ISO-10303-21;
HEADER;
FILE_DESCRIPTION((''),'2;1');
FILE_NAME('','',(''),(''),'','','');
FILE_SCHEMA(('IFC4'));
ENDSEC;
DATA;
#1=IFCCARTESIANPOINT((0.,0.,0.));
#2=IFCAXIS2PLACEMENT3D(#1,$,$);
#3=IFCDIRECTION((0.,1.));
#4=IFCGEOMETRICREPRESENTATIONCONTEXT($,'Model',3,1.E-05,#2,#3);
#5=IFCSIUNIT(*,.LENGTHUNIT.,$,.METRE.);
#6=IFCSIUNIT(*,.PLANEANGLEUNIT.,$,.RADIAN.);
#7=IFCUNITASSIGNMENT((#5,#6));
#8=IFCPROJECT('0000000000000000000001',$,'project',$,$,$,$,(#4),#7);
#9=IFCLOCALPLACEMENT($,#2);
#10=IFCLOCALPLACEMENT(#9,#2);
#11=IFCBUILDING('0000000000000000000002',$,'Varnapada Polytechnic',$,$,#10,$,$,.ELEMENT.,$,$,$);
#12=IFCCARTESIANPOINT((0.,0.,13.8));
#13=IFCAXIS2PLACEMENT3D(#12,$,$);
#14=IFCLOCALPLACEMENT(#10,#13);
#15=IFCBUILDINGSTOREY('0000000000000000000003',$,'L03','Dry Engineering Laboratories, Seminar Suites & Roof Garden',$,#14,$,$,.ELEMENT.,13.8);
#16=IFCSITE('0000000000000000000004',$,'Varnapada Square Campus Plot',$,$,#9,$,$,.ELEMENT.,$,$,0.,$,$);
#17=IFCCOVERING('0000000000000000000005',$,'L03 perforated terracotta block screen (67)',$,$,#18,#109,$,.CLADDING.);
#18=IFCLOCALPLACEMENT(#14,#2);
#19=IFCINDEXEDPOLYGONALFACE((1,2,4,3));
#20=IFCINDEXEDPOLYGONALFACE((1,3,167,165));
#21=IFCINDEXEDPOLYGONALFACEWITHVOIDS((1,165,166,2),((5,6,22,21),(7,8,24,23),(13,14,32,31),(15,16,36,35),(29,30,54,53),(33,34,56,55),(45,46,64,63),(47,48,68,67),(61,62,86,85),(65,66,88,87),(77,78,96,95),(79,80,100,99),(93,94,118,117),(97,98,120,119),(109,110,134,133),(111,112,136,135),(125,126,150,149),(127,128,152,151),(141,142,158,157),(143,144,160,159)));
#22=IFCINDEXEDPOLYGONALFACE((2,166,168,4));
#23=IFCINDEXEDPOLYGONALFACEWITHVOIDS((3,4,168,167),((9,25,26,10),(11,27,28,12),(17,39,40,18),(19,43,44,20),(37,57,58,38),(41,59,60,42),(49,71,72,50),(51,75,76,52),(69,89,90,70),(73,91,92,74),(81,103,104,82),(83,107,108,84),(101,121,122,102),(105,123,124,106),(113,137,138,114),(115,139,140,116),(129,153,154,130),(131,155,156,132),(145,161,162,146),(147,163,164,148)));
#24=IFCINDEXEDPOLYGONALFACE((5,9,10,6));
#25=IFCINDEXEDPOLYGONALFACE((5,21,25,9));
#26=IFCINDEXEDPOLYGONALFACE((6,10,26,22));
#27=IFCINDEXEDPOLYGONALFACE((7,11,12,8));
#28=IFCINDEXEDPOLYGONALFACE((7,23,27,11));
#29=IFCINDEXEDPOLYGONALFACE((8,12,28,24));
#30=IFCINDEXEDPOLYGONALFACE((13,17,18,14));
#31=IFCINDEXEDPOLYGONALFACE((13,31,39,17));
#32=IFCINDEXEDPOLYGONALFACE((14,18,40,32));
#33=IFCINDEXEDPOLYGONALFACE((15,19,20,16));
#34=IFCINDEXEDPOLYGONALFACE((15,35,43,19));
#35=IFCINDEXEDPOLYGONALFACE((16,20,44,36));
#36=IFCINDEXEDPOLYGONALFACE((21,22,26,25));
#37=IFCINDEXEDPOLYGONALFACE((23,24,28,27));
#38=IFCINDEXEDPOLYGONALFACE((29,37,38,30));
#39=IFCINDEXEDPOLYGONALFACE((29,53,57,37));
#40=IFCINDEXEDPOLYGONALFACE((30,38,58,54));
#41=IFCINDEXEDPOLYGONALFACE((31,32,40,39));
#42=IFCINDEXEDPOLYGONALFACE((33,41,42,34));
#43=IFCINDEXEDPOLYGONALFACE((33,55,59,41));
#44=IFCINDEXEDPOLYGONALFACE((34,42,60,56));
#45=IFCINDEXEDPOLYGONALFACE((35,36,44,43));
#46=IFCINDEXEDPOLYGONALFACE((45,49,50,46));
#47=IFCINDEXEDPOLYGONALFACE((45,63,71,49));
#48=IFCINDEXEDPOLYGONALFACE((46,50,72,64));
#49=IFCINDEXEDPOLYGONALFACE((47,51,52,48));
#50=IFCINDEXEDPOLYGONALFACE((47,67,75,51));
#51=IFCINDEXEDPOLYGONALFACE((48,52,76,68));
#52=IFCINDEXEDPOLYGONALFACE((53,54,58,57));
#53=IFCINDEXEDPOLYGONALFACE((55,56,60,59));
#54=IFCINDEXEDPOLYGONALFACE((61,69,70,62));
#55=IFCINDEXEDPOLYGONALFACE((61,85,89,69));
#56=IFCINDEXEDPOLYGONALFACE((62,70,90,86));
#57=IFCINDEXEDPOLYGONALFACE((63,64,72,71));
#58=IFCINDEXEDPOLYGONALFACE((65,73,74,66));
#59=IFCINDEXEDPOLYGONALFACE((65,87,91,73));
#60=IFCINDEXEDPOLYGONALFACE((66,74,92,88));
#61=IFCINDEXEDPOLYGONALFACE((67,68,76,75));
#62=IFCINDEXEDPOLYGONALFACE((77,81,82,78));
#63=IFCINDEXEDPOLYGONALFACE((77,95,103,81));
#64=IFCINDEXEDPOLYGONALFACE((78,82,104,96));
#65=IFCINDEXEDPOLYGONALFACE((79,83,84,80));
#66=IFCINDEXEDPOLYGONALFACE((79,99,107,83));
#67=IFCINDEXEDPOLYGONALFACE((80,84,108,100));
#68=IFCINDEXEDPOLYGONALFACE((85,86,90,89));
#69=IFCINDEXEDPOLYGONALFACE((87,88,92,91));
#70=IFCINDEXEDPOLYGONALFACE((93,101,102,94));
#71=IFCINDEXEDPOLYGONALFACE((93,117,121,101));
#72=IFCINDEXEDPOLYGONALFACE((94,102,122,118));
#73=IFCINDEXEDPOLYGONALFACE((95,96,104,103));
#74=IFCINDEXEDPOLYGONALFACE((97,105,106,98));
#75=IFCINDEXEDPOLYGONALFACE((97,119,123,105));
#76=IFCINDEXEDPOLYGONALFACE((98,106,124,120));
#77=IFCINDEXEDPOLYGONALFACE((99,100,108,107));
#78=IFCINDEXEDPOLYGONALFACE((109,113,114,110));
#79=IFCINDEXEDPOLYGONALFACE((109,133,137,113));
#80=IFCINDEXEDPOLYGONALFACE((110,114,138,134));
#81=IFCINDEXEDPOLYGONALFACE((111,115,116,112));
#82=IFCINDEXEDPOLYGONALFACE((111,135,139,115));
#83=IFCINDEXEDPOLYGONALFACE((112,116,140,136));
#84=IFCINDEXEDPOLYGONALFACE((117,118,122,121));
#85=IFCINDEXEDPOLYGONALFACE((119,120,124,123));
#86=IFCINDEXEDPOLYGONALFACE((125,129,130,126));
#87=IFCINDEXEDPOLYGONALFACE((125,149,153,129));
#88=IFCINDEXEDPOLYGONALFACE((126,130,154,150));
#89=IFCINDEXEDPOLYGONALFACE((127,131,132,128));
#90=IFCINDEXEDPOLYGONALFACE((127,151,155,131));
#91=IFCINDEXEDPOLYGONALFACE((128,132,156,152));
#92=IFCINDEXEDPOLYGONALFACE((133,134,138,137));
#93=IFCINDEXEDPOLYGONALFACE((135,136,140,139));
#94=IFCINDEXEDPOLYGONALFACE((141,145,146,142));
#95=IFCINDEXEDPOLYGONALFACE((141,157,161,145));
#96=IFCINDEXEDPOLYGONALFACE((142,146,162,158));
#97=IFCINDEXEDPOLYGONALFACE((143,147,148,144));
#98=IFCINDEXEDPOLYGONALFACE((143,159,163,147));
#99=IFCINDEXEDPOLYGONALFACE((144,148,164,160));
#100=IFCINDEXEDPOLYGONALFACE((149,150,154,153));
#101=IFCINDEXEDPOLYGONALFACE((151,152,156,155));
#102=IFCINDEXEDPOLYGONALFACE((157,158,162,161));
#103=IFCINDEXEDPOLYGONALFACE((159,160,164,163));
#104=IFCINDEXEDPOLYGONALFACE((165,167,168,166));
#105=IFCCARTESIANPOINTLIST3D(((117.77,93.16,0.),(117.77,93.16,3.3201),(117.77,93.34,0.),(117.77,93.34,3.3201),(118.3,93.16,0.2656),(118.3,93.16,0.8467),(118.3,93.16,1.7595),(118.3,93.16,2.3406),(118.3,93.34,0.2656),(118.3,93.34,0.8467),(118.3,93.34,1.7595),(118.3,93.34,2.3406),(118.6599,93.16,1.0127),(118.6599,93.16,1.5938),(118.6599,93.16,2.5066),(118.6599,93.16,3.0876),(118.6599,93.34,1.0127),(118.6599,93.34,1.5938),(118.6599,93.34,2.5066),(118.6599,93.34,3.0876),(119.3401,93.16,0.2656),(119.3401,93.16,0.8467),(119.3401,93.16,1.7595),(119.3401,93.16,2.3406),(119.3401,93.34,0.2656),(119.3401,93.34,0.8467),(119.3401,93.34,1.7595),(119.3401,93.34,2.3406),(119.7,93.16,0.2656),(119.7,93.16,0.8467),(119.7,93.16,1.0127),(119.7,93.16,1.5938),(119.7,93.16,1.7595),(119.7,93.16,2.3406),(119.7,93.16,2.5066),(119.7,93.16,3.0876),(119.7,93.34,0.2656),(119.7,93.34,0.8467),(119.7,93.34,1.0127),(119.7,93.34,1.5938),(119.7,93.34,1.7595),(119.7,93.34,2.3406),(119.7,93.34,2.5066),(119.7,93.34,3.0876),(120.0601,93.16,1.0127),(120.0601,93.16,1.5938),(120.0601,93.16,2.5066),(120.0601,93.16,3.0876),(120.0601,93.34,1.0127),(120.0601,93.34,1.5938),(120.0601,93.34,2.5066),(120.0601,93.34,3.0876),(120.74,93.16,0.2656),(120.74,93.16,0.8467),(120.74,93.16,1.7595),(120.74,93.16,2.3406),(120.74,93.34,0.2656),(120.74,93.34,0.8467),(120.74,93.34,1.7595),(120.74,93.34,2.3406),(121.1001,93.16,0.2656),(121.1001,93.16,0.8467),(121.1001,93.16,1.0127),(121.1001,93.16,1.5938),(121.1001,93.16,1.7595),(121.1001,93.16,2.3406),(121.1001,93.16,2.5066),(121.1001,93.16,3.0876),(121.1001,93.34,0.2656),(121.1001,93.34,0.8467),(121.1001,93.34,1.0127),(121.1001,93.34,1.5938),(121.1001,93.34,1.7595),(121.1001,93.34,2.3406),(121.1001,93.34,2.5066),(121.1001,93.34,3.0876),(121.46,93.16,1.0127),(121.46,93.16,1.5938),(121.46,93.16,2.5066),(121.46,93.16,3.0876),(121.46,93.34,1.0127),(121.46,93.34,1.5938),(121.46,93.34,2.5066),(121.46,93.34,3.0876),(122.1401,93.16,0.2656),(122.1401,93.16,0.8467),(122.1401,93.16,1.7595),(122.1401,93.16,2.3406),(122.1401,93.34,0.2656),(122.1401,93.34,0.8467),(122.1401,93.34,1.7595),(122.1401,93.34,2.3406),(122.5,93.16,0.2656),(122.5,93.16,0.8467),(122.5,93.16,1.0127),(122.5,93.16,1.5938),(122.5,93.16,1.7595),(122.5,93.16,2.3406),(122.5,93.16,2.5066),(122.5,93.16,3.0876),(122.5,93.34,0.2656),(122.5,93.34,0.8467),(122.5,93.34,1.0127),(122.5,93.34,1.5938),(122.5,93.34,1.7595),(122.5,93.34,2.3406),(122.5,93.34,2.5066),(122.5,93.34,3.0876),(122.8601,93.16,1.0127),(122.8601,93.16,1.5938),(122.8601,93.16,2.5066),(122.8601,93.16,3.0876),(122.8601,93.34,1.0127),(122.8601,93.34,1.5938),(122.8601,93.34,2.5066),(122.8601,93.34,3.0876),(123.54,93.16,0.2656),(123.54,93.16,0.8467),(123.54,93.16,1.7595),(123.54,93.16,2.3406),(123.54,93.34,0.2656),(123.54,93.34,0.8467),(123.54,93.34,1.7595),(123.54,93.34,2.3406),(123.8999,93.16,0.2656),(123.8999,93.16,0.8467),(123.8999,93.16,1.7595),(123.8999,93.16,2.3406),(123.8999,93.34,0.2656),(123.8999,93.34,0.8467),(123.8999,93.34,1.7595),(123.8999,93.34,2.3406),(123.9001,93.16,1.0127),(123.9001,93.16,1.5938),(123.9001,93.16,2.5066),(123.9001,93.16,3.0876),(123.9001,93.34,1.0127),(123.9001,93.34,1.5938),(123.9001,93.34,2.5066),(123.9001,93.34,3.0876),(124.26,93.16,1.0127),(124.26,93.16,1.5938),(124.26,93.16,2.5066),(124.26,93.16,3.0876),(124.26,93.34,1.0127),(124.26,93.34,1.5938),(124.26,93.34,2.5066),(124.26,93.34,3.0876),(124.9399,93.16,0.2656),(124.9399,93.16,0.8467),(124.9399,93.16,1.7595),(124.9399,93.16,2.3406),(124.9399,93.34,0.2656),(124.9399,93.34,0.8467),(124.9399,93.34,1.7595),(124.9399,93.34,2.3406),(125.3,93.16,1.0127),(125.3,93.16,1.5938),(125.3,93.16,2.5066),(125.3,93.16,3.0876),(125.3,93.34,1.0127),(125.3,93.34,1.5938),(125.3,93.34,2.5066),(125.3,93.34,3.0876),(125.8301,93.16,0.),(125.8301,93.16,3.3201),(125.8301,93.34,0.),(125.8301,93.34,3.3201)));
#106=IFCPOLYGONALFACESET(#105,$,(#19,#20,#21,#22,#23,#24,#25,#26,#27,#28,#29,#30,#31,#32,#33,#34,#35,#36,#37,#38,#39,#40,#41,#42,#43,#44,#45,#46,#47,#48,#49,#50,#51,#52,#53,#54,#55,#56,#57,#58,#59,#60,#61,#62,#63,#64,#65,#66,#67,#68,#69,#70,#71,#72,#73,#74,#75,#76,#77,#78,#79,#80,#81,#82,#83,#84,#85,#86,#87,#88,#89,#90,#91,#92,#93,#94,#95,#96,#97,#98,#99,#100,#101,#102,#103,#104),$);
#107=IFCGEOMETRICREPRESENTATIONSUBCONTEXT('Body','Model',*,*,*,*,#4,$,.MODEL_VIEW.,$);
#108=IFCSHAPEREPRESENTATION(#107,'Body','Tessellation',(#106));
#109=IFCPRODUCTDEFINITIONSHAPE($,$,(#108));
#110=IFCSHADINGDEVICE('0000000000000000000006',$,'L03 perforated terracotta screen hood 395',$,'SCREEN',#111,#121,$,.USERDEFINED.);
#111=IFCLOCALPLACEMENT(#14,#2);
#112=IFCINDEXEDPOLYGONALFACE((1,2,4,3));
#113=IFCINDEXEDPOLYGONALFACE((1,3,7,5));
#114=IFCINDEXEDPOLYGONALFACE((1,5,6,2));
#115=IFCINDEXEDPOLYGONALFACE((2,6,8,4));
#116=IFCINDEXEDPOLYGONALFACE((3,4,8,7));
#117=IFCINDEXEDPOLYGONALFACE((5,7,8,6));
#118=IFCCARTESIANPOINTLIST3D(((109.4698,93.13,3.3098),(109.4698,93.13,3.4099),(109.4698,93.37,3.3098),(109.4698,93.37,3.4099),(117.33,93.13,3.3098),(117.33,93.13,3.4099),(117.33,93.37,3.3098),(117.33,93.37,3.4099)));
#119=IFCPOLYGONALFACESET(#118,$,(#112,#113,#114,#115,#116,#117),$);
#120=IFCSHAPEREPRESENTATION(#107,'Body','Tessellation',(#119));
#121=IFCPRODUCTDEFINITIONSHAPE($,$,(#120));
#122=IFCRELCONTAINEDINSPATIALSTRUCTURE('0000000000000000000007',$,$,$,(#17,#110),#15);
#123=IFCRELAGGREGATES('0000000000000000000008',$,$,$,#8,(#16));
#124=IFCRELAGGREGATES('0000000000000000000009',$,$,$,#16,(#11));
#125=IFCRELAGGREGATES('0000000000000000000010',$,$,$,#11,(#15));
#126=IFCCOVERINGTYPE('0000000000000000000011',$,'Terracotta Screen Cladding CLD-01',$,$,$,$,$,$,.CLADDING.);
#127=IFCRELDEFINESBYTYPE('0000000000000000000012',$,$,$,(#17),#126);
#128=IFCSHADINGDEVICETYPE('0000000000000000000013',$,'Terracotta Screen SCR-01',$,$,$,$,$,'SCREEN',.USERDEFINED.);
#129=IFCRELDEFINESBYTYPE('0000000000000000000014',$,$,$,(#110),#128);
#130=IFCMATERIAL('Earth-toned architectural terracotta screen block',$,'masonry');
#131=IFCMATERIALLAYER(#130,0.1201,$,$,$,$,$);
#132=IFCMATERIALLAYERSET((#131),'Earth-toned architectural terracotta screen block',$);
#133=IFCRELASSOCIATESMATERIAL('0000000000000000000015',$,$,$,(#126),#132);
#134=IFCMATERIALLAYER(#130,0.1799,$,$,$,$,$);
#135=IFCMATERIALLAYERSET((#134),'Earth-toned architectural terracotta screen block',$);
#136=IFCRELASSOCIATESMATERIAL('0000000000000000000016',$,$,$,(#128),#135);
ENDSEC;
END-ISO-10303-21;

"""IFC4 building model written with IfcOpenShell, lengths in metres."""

from ifc_helpers import new_model, si_unit, direction, frame, frame_2d, origin, origin_2d, place, context, subcontext, project, spatial, rectangle, extrude, material, layer, layer_set, type_object, element, save


model = new_model("IFC4")

# Units and contexts
model_context = context("Model", 3, precision=1e-05, world=origin(), true_north=direction((0.0, 1.0)))
body_context = subcontext(model_context, "Body", "Model", "MODEL_VIEW")
ifc_project = project(units=[si_unit("LENGTHUNIT", "METRE"), si_unit("PLANEANGLEUNIT", "RADIAN")], contexts=[model_context])

# Site, building, storey
site_placement = place(None, origin())
site = spatial("IfcSite", under=ifc_project, at=site_placement, Name="Varnapada Square Campus Plot", CompositionType="ELEMENT", RefElevation=0.0)
building_placement = place(site_placement, origin())
building = spatial("IfcBuilding", under=site, at=building_placement, Name="Varnapada Polytechnic", CompositionType="ELEMENT")
storey_placement = place(building_placement, frame((0.0, 0.0, 13.8)))
storey = spatial("IfcBuildingStorey", under=building, at=storey_placement, Name="L03", Description="Dry Engineering Laboratories, Seminar Suites & Roof Garden", CompositionType="ELEMENT", Elevation=13.8)

# Covering, openings
ifc_material_1 = material(Name="Earth-toned architectural terracotta screen block", Category="masonry")
ifc_layer_1 = layer(ifc_material_1, 0.1201)
ifc_layer_set_1 = layer_set([ifc_layer_1], Name="Earth-toned architectural terracotta screen block")
covering_type = type_object("IfcCoveringType", Name="Terracotta Screen Cladding CLD-01", PredefinedType="CLADDING", material=ifc_layer_set_1)
covering_placement = place(storey_placement, frame((117.77, 93.25, 0.0), z_axis=(0.0, 0.0, 1.0), x_axis=(1.0, 0.0, 0.0)))
covering = element("IfcCovering", 1, at=covering_placement, inside=storey, type_object=covering_type, Name="L03 perforated terracotta block screen (67)", PredefinedType="CLADDING", context=body_context, shape_type="SweptSolid", body=[
    extrude(rectangle(XDim=8.0601, YDim=0.1799, at=frame_2d((4.03, 0.0))), origin(), (0.0, 0.0, 1.0), 3.3201),
])
opening_1_placement = place(covering_placement, frame((0.53, 0.0, 0.2656)))
element("IfcOpeningElement", 2, at=opening_1_placement, cuts=covering, PredefinedType="OPENING", context=body_context, shape_type="SweptSolid", body=[
    extrude(rectangle(XDim=1.04, YDim=0.5811, at=frame_2d((0.52, 0.2905))), frame((0.0, 0.0999, 0.0), z_axis=(0.0, -1.0, 0.0), x_axis=(1.0, 0.0, 0.0)), (0.0, 0.0, 1.0), 0.2),
])
opening_2_placement = place(covering_placement, frame((1.9299, 0.0, 0.2656)))
element("IfcOpeningElement", 3, at=opening_2_placement, cuts=covering, PredefinedType="OPENING", context=body_context, shape_type="SweptSolid", body=[
    extrude(rectangle(XDim=1.04, YDim=0.5811, at=frame_2d((0.52, 0.2905))), frame((0.0, 0.0999, 0.0), z_axis=(0.0, -1.0, 0.0), x_axis=(1.0, 0.0, 0.0)), (0.0, 0.0, 1.0), 0.2),
])
opening_3_placement = place(covering_placement, frame((3.3301, 0.0, 0.2656)))
element("IfcOpeningElement", 4, at=opening_3_placement, cuts=covering, PredefinedType="OPENING", context=body_context, shape_type="SweptSolid", body=[
    extrude(rectangle(XDim=1.04, YDim=0.5811, at=frame_2d((0.52, 0.2905))), frame((0.0, 0.0999, 0.0), z_axis=(0.0, -1.0, 0.0), x_axis=(1.0, 0.0, 0.0)), (0.0, 0.0, 1.0), 0.2),
])
opening_4_placement = place(covering_placement, frame((4.73, 0.0, 0.2656)))
element("IfcOpeningElement", 5, at=opening_4_placement, cuts=covering, PredefinedType="OPENING", context=body_context, shape_type="SweptSolid", body=[
    extrude(rectangle(XDim=1.04, YDim=0.5811, at=frame_2d((0.52, 0.2905))), frame((0.0, 0.0999, 0.0), z_axis=(0.0, -1.0, 0.0), x_axis=(1.0, 0.0, 0.0)), (0.0, 0.0, 1.0), 0.2),
])
opening_5_placement = place(covering_placement, frame((6.1299, 0.0, 0.2656)))
element("IfcOpeningElement", 6, at=opening_5_placement, cuts=covering, PredefinedType="OPENING", context=body_context, shape_type="SweptSolid", body=[
    extrude(rectangle(XDim=1.04, YDim=0.5811, at=frame_2d((0.52, 0.2905))), frame((0.0, 0.0999, 0.0), z_axis=(0.0, -1.0, 0.0), x_axis=(1.0, 0.0, 0.0)), (0.0, 0.0, 1.0), 0.2),
])
opening_6_placement = place(covering_placement, frame((0.8899, 0.0, 1.0127)))
element("IfcOpeningElement", 7, at=opening_6_placement, cuts=covering, PredefinedType="OPENING", context=body_context, shape_type="SweptSolid", body=[
    extrude(rectangle(XDim=1.04, YDim=0.5811, at=frame_2d((0.52, 0.2905))), frame((0.0, 0.0999, 0.0), z_axis=(0.0, -1.0, 0.0), x_axis=(1.0, 0.0, 0.0)), (0.0, 0.0, 1.0), 0.2),
])
opening_7_placement = place(covering_placement, frame((2.29, 0.0, 1.0127)))
element("IfcOpeningElement", 8, at=opening_7_placement, cuts=covering, PredefinedType="OPENING", context=body_context, shape_type="SweptSolid", body=[
    extrude(rectangle(XDim=1.04, YDim=0.5811, at=frame_2d((0.52, 0.2905))), frame((0.0, 0.0999, 0.0), z_axis=(0.0, -1.0, 0.0), x_axis=(1.0, 0.0, 0.0)), (0.0, 0.0, 1.0), 0.2),
])
opening_8_placement = place(covering_placement, frame((3.6899, 0.0, 1.0127)))
element("IfcOpeningElement", 9, at=opening_8_placement, cuts=covering, PredefinedType="OPENING", context=body_context, shape_type="SweptSolid", body=[
    extrude(rectangle(XDim=1.04, YDim=0.5811, at=frame_2d((0.52, 0.2905))), frame((0.0, 0.0999, 0.0), z_axis=(0.0, -1.0, 0.0), x_axis=(1.0, 0.0, 0.0)), (0.0, 0.0, 1.0), 0.2),
])
opening_9_placement = place(covering_placement, frame((5.0901, 0.0, 1.0127)))
element("IfcOpeningElement", 10, at=opening_9_placement, cuts=covering, PredefinedType="OPENING", context=body_context, shape_type="SweptSolid", body=[
    extrude(rectangle(XDim=1.04, YDim=0.5811, at=frame_2d((0.52, 0.2905))), frame((0.0, 0.0999, 0.0), z_axis=(0.0, -1.0, 0.0), x_axis=(1.0, 0.0, 0.0)), (0.0, 0.0, 1.0), 0.2),
])
opening_10_placement = place(covering_placement, frame((6.49, 0.0, 1.0127)))
element("IfcOpeningElement", 11, at=opening_10_placement, cuts=covering, PredefinedType="OPENING", context=body_context, shape_type="SweptSolid", body=[
    extrude(rectangle(XDim=1.04, YDim=0.5811, at=frame_2d((0.52, 0.2905))), frame((0.0, 0.0999, 0.0), z_axis=(0.0, -1.0, 0.0), x_axis=(1.0, 0.0, 0.0)), (0.0, 0.0, 1.0), 0.2),
])
opening_11_placement = place(covering_placement, frame((0.53, 0.0, 1.7595)))
element("IfcOpeningElement", 12, at=opening_11_placement, cuts=covering, PredefinedType="OPENING", context=body_context, shape_type="SweptSolid", body=[
    extrude(rectangle(XDim=1.04, YDim=0.5811, at=frame_2d((0.52, 0.2905))), frame((0.0, 0.0999, 0.0), z_axis=(0.0, -1.0, 0.0), x_axis=(1.0, 0.0, 0.0)), (0.0, 0.0, 1.0), 0.2),
])
opening_12_placement = place(covering_placement, frame((1.9299, 0.0, 1.7595)))
element("IfcOpeningElement", 13, at=opening_12_placement, cuts=covering, PredefinedType="OPENING", context=body_context, shape_type="SweptSolid", body=[
    extrude(rectangle(XDim=1.04, YDim=0.5811, at=frame_2d((0.52, 0.2905))), frame((0.0, 0.0999, 0.0), z_axis=(0.0, -1.0, 0.0), x_axis=(1.0, 0.0, 0.0)), (0.0, 0.0, 1.0), 0.2),
])
opening_13_placement = place(covering_placement, frame((3.3301, 0.0, 1.7595)))
element("IfcOpeningElement", 14, at=opening_13_placement, cuts=covering, PredefinedType="OPENING", context=body_context, shape_type="SweptSolid", body=[
    extrude(rectangle(XDim=1.04, YDim=0.5811, at=frame_2d((0.52, 0.2905))), frame((0.0, 0.0999, 0.0), z_axis=(0.0, -1.0, 0.0), x_axis=(1.0, 0.0, 0.0)), (0.0, 0.0, 1.0), 0.2),
])
opening_14_placement = place(covering_placement, frame((4.73, 0.0, 1.7595)))
element("IfcOpeningElement", 15, at=opening_14_placement, cuts=covering, PredefinedType="OPENING", context=body_context, shape_type="SweptSolid", body=[
    extrude(rectangle(XDim=1.04, YDim=0.5811, at=frame_2d((0.52, 0.2905))), frame((0.0, 0.0999, 0.0), z_axis=(0.0, -1.0, 0.0), x_axis=(1.0, 0.0, 0.0)), (0.0, 0.0, 1.0), 0.2),
])
opening_15_placement = place(covering_placement, frame((6.1299, 0.0, 1.7595)))
element("IfcOpeningElement", 16, at=opening_15_placement, cuts=covering, PredefinedType="OPENING", context=body_context, shape_type="SweptSolid", body=[
    extrude(rectangle(XDim=1.04, YDim=0.5811, at=frame_2d((0.52, 0.2905))), frame((0.0, 0.0999, 0.0), z_axis=(0.0, -1.0, 0.0), x_axis=(1.0, 0.0, 0.0)), (0.0, 0.0, 1.0), 0.2),
])
opening_16_placement = place(covering_placement, frame((0.8899, 0.0, 2.5066)))
element("IfcOpeningElement", 17, at=opening_16_placement, cuts=covering, PredefinedType="OPENING", context=body_context, shape_type="SweptSolid", body=[
    extrude(rectangle(XDim=1.04, YDim=0.5811, at=frame_2d((0.52, 0.2905))), frame((0.0, 0.0999, 0.0), z_axis=(0.0, -1.0, 0.0), x_axis=(1.0, 0.0, 0.0)), (0.0, 0.0, 1.0), 0.2),
])
opening_17_placement = place(covering_placement, frame((2.29, 0.0, 2.5066)))
element("IfcOpeningElement", 18, at=opening_17_placement, cuts=covering, PredefinedType="OPENING", context=body_context, shape_type="SweptSolid", body=[
    extrude(rectangle(XDim=1.04, YDim=0.5811, at=frame_2d((0.52, 0.2905))), frame((0.0, 0.0999, 0.0), z_axis=(0.0, -1.0, 0.0), x_axis=(1.0, 0.0, 0.0)), (0.0, 0.0, 1.0), 0.2),
])
opening_18_placement = place(covering_placement, frame((3.6899, 0.0, 2.5066)))
element("IfcOpeningElement", 19, at=opening_18_placement, cuts=covering, PredefinedType="OPENING", context=body_context, shape_type="SweptSolid", body=[
    extrude(rectangle(XDim=1.04, YDim=0.5811, at=frame_2d((0.52, 0.2905))), frame((0.0, 0.0999, 0.0), z_axis=(0.0, -1.0, 0.0), x_axis=(1.0, 0.0, 0.0)), (0.0, 0.0, 1.0), 0.2),
])
opening_19_placement = place(covering_placement, frame((5.0901, 0.0, 2.5066)))
element("IfcOpeningElement", 20, at=opening_19_placement, cuts=covering, PredefinedType="OPENING", context=body_context, shape_type="SweptSolid", body=[
    extrude(rectangle(XDim=1.04, YDim=0.5811, at=frame_2d((0.52, 0.2905))), frame((0.0, 0.0999, 0.0), z_axis=(0.0, -1.0, 0.0), x_axis=(1.0, 0.0, 0.0)), (0.0, 0.0, 1.0), 0.2),
])
opening_20_placement = place(covering_placement, frame((6.49, 0.0, 2.5066)))
element("IfcOpeningElement", 21, at=opening_20_placement, cuts=covering, PredefinedType="OPENING", context=body_context, shape_type="SweptSolid", body=[
    extrude(rectangle(XDim=1.04, YDim=0.5811, at=frame_2d((0.52, 0.2905))), frame((0.0, 0.0999, 0.0), z_axis=(0.0, -1.0, 0.0), x_axis=(1.0, 0.0, 0.0)), (0.0, 0.0, 1.0), 0.2),
])

# Shading device
ifc_layer_2 = layer(ifc_material_1, 0.1799)
ifc_layer_set_2 = layer_set([ifc_layer_2], Name="Earth-toned architectural terracotta screen block")
shading_device_type = type_object("IfcShadingDeviceType", Name="Terracotta Screen SCR-01", ElementType="SCREEN", PredefinedType="USERDEFINED", material=ifc_layer_set_2)
shading_device_placement = place(storey_placement, frame((113.3999, 93.25, 3.3098), z_axis=(0.0, 0.0, 1.0), x_axis=(1.0, 0.0, 0.0)))
element("IfcShadingDevice", 22, at=shading_device_placement, inside=storey, type_object=shading_device_type, Name="L03 perforated terracotta screen hood 395", ObjectType="SCREEN", PredefinedType="USERDEFINED", context=body_context, shape_type="SweptSolid", body=[
    extrude(rectangle(XDim=7.8601, YDim=0.24, at=origin_2d()), origin(), (0.0, 0.0, 1.0), 0.1001),
])

save(model, "model.ifc")
